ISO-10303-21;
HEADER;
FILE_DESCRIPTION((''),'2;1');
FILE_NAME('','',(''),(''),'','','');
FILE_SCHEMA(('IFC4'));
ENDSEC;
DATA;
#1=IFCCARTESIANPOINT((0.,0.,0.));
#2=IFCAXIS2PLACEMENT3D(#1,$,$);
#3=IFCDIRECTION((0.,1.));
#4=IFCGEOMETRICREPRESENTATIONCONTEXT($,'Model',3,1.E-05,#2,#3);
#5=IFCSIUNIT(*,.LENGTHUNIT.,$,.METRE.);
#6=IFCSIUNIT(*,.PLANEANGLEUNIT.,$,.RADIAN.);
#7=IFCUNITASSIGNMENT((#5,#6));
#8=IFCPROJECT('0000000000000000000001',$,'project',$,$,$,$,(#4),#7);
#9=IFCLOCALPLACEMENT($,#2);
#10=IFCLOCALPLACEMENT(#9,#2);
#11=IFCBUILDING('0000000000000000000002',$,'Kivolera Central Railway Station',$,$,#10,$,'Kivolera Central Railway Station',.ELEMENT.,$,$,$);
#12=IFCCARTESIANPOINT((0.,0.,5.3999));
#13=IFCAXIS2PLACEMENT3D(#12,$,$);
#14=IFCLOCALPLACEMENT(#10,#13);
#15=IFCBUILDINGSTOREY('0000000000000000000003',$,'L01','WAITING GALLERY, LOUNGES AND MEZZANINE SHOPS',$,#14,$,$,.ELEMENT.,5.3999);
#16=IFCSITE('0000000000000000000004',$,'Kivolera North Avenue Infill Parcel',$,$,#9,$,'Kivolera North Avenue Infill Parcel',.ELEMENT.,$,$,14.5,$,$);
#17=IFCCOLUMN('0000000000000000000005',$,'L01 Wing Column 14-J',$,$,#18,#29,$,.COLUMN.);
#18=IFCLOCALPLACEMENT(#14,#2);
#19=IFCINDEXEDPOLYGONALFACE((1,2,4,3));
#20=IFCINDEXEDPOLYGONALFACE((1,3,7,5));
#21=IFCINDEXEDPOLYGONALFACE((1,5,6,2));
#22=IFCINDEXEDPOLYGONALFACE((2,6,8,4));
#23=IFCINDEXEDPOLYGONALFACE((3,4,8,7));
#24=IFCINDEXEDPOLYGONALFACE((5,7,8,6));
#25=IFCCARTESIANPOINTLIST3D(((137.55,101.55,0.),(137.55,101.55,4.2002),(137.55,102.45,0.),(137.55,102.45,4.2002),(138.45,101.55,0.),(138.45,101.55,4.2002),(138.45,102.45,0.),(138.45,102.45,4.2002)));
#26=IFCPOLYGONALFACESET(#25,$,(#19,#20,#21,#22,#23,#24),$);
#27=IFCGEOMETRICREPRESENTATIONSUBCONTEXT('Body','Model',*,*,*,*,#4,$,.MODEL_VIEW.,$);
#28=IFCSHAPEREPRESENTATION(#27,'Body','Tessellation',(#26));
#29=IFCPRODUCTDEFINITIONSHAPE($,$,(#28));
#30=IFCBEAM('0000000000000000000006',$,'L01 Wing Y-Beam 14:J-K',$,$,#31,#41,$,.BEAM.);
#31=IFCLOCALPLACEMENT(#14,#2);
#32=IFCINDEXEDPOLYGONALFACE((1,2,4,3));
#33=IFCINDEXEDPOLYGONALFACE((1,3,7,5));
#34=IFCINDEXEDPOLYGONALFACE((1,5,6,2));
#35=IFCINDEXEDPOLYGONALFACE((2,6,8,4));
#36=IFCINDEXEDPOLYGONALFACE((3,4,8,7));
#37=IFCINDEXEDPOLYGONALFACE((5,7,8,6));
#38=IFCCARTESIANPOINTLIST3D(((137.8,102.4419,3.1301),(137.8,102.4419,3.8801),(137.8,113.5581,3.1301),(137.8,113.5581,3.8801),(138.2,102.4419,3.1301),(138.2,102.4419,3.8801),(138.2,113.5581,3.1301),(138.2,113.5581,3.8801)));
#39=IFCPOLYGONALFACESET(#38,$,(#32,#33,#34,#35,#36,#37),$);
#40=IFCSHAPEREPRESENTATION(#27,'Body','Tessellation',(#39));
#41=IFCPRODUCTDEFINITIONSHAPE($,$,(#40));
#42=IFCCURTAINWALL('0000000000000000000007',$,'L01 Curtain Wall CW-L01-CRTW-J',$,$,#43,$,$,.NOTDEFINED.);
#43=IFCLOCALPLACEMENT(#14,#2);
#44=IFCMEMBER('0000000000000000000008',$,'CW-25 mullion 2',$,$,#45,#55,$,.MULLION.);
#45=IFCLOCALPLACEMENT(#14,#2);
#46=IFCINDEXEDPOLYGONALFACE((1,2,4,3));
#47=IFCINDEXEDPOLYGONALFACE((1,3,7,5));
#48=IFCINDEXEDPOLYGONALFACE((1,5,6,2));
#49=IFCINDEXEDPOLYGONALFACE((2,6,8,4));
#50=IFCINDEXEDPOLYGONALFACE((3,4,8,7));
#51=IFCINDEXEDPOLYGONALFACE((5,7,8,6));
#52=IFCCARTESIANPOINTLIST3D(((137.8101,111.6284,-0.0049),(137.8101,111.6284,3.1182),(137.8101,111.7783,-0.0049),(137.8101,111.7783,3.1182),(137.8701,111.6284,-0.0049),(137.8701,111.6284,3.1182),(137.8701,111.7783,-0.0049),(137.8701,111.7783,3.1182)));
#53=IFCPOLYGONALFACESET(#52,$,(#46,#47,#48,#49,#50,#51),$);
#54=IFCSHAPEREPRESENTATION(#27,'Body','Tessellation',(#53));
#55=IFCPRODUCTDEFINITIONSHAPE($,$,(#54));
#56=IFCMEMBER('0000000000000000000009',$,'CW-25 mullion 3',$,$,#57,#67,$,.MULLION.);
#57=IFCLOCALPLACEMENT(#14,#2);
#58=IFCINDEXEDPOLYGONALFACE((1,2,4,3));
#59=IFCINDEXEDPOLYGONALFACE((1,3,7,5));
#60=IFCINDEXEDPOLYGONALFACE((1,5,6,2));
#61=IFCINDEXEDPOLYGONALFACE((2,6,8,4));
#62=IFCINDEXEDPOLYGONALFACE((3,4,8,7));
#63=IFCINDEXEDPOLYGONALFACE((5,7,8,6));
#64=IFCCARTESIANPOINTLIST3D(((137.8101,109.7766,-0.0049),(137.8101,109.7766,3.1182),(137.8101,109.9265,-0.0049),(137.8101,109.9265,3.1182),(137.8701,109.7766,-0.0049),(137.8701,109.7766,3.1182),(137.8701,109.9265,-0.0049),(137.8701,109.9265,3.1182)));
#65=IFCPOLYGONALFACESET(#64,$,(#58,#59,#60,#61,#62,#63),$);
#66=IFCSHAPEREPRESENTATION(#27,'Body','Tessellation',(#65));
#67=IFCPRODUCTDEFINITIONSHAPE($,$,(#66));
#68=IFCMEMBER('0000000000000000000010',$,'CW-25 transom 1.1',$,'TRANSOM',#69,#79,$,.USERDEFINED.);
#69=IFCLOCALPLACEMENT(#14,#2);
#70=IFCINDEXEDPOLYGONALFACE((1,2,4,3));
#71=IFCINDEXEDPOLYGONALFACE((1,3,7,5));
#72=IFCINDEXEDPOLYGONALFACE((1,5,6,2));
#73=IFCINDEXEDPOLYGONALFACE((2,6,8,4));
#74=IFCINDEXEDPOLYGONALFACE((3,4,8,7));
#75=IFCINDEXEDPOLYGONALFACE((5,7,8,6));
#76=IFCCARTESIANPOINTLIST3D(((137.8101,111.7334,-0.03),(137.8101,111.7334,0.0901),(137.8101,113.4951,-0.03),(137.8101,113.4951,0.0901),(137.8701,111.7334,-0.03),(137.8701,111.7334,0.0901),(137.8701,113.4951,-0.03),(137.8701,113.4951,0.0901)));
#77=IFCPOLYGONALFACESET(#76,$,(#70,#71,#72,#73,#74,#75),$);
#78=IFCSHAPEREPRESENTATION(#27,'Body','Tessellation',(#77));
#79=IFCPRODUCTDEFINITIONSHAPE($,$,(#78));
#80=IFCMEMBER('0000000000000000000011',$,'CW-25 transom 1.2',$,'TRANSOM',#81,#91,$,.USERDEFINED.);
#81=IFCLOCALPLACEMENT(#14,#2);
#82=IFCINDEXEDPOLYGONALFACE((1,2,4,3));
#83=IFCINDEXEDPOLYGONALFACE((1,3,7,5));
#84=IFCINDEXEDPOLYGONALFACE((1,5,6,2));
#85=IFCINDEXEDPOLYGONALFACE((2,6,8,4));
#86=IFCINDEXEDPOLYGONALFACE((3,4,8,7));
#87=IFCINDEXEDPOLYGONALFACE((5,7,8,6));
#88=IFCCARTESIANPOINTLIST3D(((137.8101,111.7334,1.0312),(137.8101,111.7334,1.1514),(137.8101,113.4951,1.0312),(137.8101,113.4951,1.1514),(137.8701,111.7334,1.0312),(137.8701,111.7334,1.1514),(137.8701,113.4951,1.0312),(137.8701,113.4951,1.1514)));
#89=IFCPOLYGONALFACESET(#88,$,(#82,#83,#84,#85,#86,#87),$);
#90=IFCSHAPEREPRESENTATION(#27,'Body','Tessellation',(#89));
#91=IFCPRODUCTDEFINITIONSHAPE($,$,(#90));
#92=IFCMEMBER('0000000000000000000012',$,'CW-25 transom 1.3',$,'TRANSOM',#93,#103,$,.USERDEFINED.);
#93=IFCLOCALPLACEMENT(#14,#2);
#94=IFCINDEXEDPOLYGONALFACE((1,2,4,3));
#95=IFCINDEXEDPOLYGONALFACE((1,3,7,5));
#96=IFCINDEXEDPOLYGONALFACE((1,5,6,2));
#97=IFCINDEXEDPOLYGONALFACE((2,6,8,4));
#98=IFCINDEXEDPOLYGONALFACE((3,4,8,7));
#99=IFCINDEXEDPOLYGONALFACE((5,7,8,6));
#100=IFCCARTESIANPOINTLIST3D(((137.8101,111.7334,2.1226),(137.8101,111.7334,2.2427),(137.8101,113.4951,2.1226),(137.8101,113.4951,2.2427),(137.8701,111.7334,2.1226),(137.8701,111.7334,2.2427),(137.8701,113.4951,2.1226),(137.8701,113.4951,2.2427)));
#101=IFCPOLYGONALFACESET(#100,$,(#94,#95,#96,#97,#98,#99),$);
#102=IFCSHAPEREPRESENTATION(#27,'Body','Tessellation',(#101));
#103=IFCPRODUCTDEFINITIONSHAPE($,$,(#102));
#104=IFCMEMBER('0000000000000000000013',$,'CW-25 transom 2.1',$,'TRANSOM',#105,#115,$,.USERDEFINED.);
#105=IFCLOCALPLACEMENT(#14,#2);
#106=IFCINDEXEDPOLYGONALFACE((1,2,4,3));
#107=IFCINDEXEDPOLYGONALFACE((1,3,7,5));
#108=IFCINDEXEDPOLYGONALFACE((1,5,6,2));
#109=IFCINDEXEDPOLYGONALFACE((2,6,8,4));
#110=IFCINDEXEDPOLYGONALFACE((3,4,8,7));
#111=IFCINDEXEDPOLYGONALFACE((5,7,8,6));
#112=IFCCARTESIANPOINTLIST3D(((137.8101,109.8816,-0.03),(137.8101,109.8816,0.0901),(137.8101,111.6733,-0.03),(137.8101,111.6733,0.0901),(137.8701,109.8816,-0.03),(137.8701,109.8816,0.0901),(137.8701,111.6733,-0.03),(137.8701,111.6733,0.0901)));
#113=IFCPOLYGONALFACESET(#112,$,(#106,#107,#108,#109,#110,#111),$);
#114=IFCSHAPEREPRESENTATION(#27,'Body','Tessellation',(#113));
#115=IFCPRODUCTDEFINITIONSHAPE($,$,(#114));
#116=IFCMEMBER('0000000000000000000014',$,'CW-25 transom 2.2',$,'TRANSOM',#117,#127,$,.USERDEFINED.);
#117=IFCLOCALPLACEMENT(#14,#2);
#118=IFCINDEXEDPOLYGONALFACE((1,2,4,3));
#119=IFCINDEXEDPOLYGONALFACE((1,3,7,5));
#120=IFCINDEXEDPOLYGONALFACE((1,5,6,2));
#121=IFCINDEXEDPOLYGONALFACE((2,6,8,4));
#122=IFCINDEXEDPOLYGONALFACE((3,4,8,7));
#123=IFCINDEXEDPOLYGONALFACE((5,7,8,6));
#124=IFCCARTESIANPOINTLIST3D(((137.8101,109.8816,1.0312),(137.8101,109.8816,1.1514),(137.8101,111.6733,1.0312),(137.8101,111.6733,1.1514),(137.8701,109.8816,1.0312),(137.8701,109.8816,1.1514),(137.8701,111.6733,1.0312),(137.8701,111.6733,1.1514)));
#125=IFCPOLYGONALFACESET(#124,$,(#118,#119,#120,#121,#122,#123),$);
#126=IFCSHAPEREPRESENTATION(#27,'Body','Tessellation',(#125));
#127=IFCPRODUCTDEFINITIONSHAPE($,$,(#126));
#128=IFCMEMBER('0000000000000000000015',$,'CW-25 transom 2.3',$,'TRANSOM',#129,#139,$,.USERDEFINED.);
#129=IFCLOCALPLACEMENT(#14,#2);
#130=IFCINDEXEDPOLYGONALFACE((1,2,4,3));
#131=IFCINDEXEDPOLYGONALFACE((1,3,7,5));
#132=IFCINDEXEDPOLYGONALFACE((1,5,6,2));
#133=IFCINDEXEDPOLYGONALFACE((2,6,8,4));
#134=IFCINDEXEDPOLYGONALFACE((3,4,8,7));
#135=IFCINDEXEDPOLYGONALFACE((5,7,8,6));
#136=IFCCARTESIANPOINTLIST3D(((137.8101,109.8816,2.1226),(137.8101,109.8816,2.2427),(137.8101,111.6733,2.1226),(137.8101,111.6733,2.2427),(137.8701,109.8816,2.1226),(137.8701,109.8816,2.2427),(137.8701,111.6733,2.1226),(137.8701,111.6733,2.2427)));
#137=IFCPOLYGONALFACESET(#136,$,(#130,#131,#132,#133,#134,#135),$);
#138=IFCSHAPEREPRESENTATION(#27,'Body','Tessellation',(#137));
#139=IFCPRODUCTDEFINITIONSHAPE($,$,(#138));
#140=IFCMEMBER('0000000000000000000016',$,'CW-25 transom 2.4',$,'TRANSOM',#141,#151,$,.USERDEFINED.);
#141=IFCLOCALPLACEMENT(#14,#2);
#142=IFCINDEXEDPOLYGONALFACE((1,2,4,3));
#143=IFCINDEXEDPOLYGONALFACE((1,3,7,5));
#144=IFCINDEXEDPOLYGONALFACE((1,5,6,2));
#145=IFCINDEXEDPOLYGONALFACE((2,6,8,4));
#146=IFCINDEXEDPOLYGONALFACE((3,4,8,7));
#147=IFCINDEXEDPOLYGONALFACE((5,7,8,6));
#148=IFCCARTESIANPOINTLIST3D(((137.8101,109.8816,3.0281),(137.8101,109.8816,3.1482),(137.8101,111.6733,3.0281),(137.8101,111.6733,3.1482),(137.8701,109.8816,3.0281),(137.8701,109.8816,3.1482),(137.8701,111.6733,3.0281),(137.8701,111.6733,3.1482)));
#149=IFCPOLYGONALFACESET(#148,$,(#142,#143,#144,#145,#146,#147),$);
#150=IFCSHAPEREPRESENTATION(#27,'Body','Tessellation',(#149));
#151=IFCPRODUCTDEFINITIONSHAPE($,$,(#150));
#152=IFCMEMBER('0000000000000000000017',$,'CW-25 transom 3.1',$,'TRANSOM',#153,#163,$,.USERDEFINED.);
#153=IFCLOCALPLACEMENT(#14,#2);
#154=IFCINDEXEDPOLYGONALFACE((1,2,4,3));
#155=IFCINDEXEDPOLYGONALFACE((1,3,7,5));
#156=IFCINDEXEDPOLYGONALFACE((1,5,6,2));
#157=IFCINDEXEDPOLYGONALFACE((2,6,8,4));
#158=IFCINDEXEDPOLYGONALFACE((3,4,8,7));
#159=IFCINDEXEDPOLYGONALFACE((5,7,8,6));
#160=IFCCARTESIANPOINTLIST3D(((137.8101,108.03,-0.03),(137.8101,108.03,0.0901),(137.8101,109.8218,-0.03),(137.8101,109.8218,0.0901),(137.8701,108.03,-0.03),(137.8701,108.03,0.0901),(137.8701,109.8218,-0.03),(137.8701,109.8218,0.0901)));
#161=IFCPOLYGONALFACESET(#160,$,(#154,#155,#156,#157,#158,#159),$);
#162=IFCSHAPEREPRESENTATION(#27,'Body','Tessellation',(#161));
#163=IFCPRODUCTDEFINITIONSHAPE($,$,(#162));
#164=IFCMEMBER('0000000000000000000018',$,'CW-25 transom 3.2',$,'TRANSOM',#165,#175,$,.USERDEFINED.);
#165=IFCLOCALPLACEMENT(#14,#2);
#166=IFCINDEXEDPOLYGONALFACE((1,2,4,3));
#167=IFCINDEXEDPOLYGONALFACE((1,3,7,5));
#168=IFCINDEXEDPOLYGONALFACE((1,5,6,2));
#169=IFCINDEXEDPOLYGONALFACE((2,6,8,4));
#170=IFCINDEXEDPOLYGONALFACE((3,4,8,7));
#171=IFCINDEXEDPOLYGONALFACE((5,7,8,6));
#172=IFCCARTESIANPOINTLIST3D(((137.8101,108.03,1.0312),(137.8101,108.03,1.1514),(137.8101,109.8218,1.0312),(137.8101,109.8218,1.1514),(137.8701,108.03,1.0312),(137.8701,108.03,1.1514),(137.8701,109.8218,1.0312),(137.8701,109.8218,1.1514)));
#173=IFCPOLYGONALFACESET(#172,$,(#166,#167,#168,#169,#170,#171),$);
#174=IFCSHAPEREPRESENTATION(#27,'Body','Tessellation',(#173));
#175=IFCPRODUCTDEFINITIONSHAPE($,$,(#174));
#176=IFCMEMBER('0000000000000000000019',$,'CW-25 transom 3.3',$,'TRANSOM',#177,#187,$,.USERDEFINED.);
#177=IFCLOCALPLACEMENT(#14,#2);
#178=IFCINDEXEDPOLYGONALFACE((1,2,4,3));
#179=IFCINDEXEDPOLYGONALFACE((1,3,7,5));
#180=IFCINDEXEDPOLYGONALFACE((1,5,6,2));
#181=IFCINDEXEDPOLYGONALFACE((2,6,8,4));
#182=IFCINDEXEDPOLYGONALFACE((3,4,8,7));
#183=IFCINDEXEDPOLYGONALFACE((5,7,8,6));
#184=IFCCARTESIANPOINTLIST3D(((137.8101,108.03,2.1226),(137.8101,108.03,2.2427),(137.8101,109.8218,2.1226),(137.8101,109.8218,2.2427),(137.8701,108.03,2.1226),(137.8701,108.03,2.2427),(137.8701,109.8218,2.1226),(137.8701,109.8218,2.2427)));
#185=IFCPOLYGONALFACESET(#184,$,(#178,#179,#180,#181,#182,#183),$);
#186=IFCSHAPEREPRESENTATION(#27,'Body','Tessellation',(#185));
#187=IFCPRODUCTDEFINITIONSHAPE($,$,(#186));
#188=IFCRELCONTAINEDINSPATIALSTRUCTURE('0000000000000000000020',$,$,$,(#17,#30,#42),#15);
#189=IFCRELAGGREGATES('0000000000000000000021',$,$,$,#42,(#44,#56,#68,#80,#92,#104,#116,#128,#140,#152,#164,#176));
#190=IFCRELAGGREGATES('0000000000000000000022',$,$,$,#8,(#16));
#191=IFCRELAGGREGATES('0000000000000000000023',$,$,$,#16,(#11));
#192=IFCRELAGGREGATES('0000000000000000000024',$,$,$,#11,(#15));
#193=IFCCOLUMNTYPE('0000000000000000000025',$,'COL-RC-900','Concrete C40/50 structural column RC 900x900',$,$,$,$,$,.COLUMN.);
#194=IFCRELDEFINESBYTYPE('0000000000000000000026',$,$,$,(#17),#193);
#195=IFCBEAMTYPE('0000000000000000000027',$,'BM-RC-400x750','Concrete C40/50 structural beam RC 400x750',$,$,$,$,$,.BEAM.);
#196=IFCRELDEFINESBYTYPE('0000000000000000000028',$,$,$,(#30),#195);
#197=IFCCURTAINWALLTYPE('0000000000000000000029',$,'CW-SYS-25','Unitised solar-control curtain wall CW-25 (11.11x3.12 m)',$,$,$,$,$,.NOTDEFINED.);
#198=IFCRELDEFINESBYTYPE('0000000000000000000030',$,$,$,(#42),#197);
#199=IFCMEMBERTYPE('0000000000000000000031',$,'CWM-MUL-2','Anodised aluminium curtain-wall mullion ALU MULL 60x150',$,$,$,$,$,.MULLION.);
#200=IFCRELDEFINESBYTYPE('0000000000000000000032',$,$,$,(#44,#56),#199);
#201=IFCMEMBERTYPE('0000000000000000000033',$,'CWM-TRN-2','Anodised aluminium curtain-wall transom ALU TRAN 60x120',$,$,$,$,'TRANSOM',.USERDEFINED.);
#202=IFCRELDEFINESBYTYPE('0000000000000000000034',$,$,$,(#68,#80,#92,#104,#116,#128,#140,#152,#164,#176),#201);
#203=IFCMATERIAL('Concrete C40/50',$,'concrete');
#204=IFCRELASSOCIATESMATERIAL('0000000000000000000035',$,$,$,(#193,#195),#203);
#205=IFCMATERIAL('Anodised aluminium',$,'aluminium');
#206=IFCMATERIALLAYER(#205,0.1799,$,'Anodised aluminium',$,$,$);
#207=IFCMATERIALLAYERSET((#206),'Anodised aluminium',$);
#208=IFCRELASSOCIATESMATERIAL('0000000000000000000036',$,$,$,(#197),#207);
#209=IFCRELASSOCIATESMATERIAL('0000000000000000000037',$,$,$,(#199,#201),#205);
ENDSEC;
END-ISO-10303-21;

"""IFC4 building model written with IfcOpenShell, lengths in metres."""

from ifc_helpers import new_model, si_unit, direction, frame, origin, origin_2d, place, context, subcontext, project, spatial, rectangle, extrude, material, layer, layer_set, material_profile, profile_set, type_object, element, aggregate, save


model = new_model("IFC4")

# Units and contexts
model_context = context("Model", 3, precision=1e-05, world=origin(), true_north=direction((0.0, 1.0)))
body_context = subcontext(model_context, "Body", "Model", "MODEL_VIEW")
ifc_project = project(units=[si_unit("LENGTHUNIT", "METRE"), si_unit("PLANEANGLEUNIT", "RADIAN")], contexts=[model_context])

# Site, building, storey
site_placement = place(None, origin())
site = spatial("IfcSite", under=ifc_project, at=site_placement, Name="Kivolera North Avenue Infill Parcel", LongName="Kivolera North Avenue Infill Parcel", CompositionType="ELEMENT", RefElevation=14.5)
building_placement = place(site_placement, origin())
building = spatial("IfcBuilding", under=site, at=building_placement, Name="Kivolera Central Railway Station", LongName="Kivolera Central Railway Station", CompositionType="ELEMENT")
storey_placement = place(building_placement, frame((0.0, 0.0, 5.3999)))
storey = spatial("IfcBuildingStorey", under=building, at=storey_placement, Name="L01", Description="WAITING GALLERY, LOUNGES AND MEZZANINE SHOPS", CompositionType="ELEMENT", Elevation=5.3999)

# Column
ifc_material_1 = material(Name="Concrete C40/50", Category="concrete")
ifc_material_profile_1 = material_profile(ifc_material_1, rectangle(XDim=0.8999, YDim=0.8999, at=origin_2d()), Name="RC 900x900")
ifc_profile_set_1 = profile_set([ifc_material_profile_1], Name="Concrete C40/50")
column_type = type_object("IfcColumnType", Name="COL-RC-900", Description="Concrete C40/50 structural column RC 900x900", PredefinedType="COLUMN", material=ifc_profile_set_1)
column_placement = place(storey_placement, frame((138.0, 102.0, 0.0), z_axis=(0.0, 0.0, 1.0), x_axis=(1.0, 0.0, 0.0)))
element("IfcColumn", 1, at=column_placement, inside=storey, type_object=column_type, Name="L01 Wing Column 14-J", PredefinedType="COLUMN", context=body_context, shape_type="SweptSolid", body=[
    extrude(rectangle(XDim=0.8999, YDim=0.8999, at=origin_2d()), origin(), (0.0, 0.0, 1.0), 4.2002),
])

# Beam
ifc_material_profile_2 = material_profile(ifc_material_1, rectangle(XDim=0.3999, YDim=0.75, at=origin_2d()), Name="RC 400x750")
ifc_profile_set_2 = profile_set([ifc_material_profile_2], Name="Concrete C40/50")
beam_type = type_object("IfcBeamType", Name="BM-RC-400x750", Description="Concrete C40/50 structural beam RC 400x750", PredefinedType="BEAM", material=ifc_profile_set_2)
beam_placement = place(storey_placement, frame((138.0, 102.4419, 3.5051), z_axis=(0.0, 1.0, 0.0), x_axis=(-1.0, 0.0, 0.0)))
element("IfcBeam", 2, at=beam_placement, inside=storey, type_object=beam_type, Name="L01 Wing Y-Beam 14:J-K", PredefinedType="BEAM", context=body_context, shape_type="SweptSolid", body=[
    extrude(rectangle(XDim=0.3999, YDim=0.75, at=origin_2d()), origin(), (0.0, 0.0, 1.0), 11.1162),
])

# Curtain wall, members
ifc_material_2 = material(Name="Anodised aluminium", Category="aluminium")
ifc_layer_1 = layer(ifc_material_2, 0.1799, Name="Anodised aluminium")
ifc_layer_set_1 = layer_set([ifc_layer_1], Name="Anodised aluminium")
curtain_wall_type = type_object("IfcCurtainWallType", Name="CW-SYS-25", Description="Unitised solar-control curtain wall CW-25 (11.11x3.12 m)", PredefinedType="NOTDEFINED", material=ifc_layer_set_1)
curtain_wall_placement = place(storey_placement, origin())
curtain_wall = element("IfcCurtainWall", 3, at=curtain_wall_placement, inside=storey, type_object=curtain_wall_type, Name="L01 Curtain Wall CW-L01-CRTW-J", PredefinedType="NOTDEFINED")
ifc_material_profile_3 = material_profile(ifc_material_2, rectangle(XDim=0.0601, YDim=0.1499, at=origin_2d()), Name="ALU MULL 60x150")
ifc_profile_set_3 = profile_set([ifc_material_profile_3], Name="Anodised aluminium")
member_type_1 = type_object("IfcMemberType", Name="CWM-MUL-2", Description="Anodised aluminium curtain-wall mullion ALU MULL 60x150", PredefinedType="MULLION", material=ifc_profile_set_3)
member_1_placement = place(storey_placement, frame((137.8401, 111.7034, -0.0049), z_axis=(0.0, 0.0, 1.0), x_axis=(1.0, 0.0, 0.0)))
member_1 = element("IfcMember", 4, at=member_1_placement, type_object=member_type_1, Name="CW-25 mullion 2", PredefinedType="MULLION", context=body_context, shape_type="SweptSolid", body=[
    extrude(rectangle(XDim=0.0601, YDim=0.1499, at=origin_2d()), origin(), (0.0, 0.0, 1.0), 3.123),
])
member_2_placement = place(storey_placement, frame((137.8401, 109.8516, -0.0049), z_axis=(0.0, 0.0, 1.0), x_axis=(1.0, 0.0, 0.0)))
member_2 = element("IfcMember", 5, at=member_2_placement, type_object=member_type_1, Name="CW-25 mullion 3", PredefinedType="MULLION", context=body_context, shape_type="SweptSolid", body=[
    extrude(rectangle(XDim=0.0601, YDim=0.1499, at=origin_2d()), origin(), (0.0, 0.0, 1.0), 3.123),
])
ifc_material_profile_4 = material_profile(ifc_material_2, rectangle(XDim=0.0601, YDim=0.1201, at=origin_2d()), Name="ALU TRAN 60x120")
ifc_profile_set_4 = profile_set([ifc_material_profile_4], Name="Anodised aluminium")
member_type_2 = type_object("IfcMemberType", Name="CWM-TRN-2", Description="Anodised aluminium curtain-wall transom ALU TRAN 60x120", ElementType="TRANSOM", PredefinedType="USERDEFINED", material=ifc_profile_set_4)
member_3_placement = place(storey_placement, frame((137.8401, 113.4951, 0.03), z_axis=(0.0, -1.0, 0.0), x_axis=(1.0, 0.0, 0.0)))
member_3 = element("IfcMember", 6, at=member_3_placement, type_object=member_type_2, Name="CW-25 transom 1.1", ObjectType="TRANSOM", PredefinedType="USERDEFINED", context=body_context, shape_type="SweptSolid", body=[
    extrude(rectangle(XDim=0.0601, YDim=0.1201, at=origin_2d()), origin(), (0.0, 0.0, 1.0), 1.7617),
])
member_4_placement = place(storey_placement, frame((137.8401, 113.4951, 1.0913), z_axis=(0.0, -1.0, 0.0), x_axis=(1.0, 0.0, 0.0)))
member_4 = element("IfcMember", 7, at=member_4_placement, type_object=member_type_2, Name="CW-25 transom 1.2", ObjectType="TRANSOM", PredefinedType="USERDEFINED", context=body_context, shape_type="SweptSolid", body=[
    extrude(rectangle(XDim=0.0601, YDim=0.1201, at=origin_2d()), origin(), (0.0, 0.0, 1.0), 1.7617),
])
member_5_placement = place(storey_placement, frame((137.8401, 113.4951, 2.1826), z_axis=(0.0, -1.0, 0.0), x_axis=(1.0, 0.0, 0.0)))
member_5 = element("IfcMember", 8, at=member_5_placement, type_object=member_type_2, Name="CW-25 transom 1.3", ObjectType="TRANSOM", PredefinedType="USERDEFINED", context=body_context, shape_type="SweptSolid", body=[
    extrude(rectangle(XDim=0.0601, YDim=0.1201, at=origin_2d()), origin(), (0.0, 0.0, 1.0), 1.7617),
])
member_6_placement = place(storey_placement, frame((137.8401, 111.6733, 0.03), z_axis=(0.0, -1.0, 0.0), x_axis=(1.0, 0.0, 0.0)))
member_6 = element("IfcMember", 9, at=member_6_placement, type_object=member_type_2, Name="CW-25 transom 2.1", ObjectType="TRANSOM", PredefinedType="USERDEFINED", context=body_context, shape_type="SweptSolid", body=[
    extrude(rectangle(XDim=0.0601, YDim=0.1201, at=origin_2d()), origin(), (0.0, 0.0, 1.0), 1.7917),
])
member_7_placement = place(storey_placement, frame((137.8401, 111.6733, 1.0913), z_axis=(0.0, -1.0, 0.0), x_axis=(1.0, 0.0, 0.0)))
member_7 = element("IfcMember", 10, at=member_7_placement, type_object=member_type_2, Name="CW-25 transom 2.2", ObjectType="TRANSOM", PredefinedType="USERDEFINED", context=body_context, shape_type="SweptSolid", body=[
    extrude(rectangle(XDim=0.0601, YDim=0.1201, at=origin_2d()), origin(), (0.0, 0.0, 1.0), 1.7917),
])
member_8_placement = place(storey_placement, frame((137.8401, 111.6733, 2.1826), z_axis=(0.0, -1.0, 0.0), x_axis=(1.0, 0.0, 0.0)))
member_8 = element("IfcMember", 11, at=member_8_placement, type_object=member_type_2, Name="CW-25 transom 2.3", ObjectType="TRANSOM", PredefinedType="USERDEFINED", context=body_context, shape_type="SweptSolid", body=[
    extrude(rectangle(XDim=0.0601, YDim=0.1201, at=origin_2d()), origin(), (0.0, 0.0, 1.0), 1.7917),
])
member_9_placement = place(storey_placement, frame((137.8401, 111.6733, 3.0881), z_axis=(0.0, -1.0, 0.0), x_axis=(1.0, 0.0, 0.0)))
member_9 = element("IfcMember", 12, at=member_9_placement, type_object=member_type_2, Name="CW-25 transom 2.4", ObjectType="TRANSOM", PredefinedType="USERDEFINED", context=body_context, shape_type="SweptSolid", body=[
    extrude(rectangle(XDim=0.0601, YDim=0.1201, at=origin_2d()), origin(), (0.0, 0.0, 1.0), 1.7917),
])
member_10_placement = place(storey_placement, frame((137.8401, 109.8218, 0.03), z_axis=(0.0, -1.0, 0.0), x_axis=(1.0, 0.0, 0.0)))
member_10 = element("IfcMember", 13, at=member_10_placement, type_object=member_type_2, Name="CW-25 transom 3.1", ObjectType="TRANSOM", PredefinedType="USERDEFINED", context=body_context, shape_type="SweptSolid", body=[
    extrude(rectangle(XDim=0.0601, YDim=0.1201, at=origin_2d()), origin(), (0.0, 0.0, 1.0), 1.7917),
])
member_11_placement = place(storey_placement, frame((137.8401, 109.8218, 1.0913), z_axis=(0.0, -1.0, 0.0), x_axis=(1.0, 0.0, 0.0)))
member_11 = element("IfcMember", 14, at=member_11_placement, type_object=member_type_2, Name="CW-25 transom 3.2", ObjectType="TRANSOM", PredefinedType="USERDEFINED", context=body_context, shape_type="SweptSolid", body=[
    extrude(rectangle(XDim=0.0601, YDim=0.1201, at=origin_2d()), origin(), (0.0, 0.0, 1.0), 1.7917),
])
member_12_placement = place(storey_placement, frame((137.8401, 109.8218, 2.1826), z_axis=(0.0, -1.0, 0.0), x_axis=(1.0, 0.0, 0.0)))
member_12 = element("IfcMember", 15, at=member_12_placement, type_object=member_type_2, Name="CW-25 transom 3.3", ObjectType="TRANSOM", PredefinedType="USERDEFINED", context=body_context, shape_type="SweptSolid", body=[
    extrude(rectangle(XDim=0.0601, YDim=0.1201, at=origin_2d()), origin(), (0.0, 0.0, 1.0), 1.7917),
])
aggregate(curtain_wall, [member_1, member_2, member_3, member_4, member_5, member_6, member_7, member_8, member_9, member_10, member_11, member_12])

save(model, "model.ifc")
